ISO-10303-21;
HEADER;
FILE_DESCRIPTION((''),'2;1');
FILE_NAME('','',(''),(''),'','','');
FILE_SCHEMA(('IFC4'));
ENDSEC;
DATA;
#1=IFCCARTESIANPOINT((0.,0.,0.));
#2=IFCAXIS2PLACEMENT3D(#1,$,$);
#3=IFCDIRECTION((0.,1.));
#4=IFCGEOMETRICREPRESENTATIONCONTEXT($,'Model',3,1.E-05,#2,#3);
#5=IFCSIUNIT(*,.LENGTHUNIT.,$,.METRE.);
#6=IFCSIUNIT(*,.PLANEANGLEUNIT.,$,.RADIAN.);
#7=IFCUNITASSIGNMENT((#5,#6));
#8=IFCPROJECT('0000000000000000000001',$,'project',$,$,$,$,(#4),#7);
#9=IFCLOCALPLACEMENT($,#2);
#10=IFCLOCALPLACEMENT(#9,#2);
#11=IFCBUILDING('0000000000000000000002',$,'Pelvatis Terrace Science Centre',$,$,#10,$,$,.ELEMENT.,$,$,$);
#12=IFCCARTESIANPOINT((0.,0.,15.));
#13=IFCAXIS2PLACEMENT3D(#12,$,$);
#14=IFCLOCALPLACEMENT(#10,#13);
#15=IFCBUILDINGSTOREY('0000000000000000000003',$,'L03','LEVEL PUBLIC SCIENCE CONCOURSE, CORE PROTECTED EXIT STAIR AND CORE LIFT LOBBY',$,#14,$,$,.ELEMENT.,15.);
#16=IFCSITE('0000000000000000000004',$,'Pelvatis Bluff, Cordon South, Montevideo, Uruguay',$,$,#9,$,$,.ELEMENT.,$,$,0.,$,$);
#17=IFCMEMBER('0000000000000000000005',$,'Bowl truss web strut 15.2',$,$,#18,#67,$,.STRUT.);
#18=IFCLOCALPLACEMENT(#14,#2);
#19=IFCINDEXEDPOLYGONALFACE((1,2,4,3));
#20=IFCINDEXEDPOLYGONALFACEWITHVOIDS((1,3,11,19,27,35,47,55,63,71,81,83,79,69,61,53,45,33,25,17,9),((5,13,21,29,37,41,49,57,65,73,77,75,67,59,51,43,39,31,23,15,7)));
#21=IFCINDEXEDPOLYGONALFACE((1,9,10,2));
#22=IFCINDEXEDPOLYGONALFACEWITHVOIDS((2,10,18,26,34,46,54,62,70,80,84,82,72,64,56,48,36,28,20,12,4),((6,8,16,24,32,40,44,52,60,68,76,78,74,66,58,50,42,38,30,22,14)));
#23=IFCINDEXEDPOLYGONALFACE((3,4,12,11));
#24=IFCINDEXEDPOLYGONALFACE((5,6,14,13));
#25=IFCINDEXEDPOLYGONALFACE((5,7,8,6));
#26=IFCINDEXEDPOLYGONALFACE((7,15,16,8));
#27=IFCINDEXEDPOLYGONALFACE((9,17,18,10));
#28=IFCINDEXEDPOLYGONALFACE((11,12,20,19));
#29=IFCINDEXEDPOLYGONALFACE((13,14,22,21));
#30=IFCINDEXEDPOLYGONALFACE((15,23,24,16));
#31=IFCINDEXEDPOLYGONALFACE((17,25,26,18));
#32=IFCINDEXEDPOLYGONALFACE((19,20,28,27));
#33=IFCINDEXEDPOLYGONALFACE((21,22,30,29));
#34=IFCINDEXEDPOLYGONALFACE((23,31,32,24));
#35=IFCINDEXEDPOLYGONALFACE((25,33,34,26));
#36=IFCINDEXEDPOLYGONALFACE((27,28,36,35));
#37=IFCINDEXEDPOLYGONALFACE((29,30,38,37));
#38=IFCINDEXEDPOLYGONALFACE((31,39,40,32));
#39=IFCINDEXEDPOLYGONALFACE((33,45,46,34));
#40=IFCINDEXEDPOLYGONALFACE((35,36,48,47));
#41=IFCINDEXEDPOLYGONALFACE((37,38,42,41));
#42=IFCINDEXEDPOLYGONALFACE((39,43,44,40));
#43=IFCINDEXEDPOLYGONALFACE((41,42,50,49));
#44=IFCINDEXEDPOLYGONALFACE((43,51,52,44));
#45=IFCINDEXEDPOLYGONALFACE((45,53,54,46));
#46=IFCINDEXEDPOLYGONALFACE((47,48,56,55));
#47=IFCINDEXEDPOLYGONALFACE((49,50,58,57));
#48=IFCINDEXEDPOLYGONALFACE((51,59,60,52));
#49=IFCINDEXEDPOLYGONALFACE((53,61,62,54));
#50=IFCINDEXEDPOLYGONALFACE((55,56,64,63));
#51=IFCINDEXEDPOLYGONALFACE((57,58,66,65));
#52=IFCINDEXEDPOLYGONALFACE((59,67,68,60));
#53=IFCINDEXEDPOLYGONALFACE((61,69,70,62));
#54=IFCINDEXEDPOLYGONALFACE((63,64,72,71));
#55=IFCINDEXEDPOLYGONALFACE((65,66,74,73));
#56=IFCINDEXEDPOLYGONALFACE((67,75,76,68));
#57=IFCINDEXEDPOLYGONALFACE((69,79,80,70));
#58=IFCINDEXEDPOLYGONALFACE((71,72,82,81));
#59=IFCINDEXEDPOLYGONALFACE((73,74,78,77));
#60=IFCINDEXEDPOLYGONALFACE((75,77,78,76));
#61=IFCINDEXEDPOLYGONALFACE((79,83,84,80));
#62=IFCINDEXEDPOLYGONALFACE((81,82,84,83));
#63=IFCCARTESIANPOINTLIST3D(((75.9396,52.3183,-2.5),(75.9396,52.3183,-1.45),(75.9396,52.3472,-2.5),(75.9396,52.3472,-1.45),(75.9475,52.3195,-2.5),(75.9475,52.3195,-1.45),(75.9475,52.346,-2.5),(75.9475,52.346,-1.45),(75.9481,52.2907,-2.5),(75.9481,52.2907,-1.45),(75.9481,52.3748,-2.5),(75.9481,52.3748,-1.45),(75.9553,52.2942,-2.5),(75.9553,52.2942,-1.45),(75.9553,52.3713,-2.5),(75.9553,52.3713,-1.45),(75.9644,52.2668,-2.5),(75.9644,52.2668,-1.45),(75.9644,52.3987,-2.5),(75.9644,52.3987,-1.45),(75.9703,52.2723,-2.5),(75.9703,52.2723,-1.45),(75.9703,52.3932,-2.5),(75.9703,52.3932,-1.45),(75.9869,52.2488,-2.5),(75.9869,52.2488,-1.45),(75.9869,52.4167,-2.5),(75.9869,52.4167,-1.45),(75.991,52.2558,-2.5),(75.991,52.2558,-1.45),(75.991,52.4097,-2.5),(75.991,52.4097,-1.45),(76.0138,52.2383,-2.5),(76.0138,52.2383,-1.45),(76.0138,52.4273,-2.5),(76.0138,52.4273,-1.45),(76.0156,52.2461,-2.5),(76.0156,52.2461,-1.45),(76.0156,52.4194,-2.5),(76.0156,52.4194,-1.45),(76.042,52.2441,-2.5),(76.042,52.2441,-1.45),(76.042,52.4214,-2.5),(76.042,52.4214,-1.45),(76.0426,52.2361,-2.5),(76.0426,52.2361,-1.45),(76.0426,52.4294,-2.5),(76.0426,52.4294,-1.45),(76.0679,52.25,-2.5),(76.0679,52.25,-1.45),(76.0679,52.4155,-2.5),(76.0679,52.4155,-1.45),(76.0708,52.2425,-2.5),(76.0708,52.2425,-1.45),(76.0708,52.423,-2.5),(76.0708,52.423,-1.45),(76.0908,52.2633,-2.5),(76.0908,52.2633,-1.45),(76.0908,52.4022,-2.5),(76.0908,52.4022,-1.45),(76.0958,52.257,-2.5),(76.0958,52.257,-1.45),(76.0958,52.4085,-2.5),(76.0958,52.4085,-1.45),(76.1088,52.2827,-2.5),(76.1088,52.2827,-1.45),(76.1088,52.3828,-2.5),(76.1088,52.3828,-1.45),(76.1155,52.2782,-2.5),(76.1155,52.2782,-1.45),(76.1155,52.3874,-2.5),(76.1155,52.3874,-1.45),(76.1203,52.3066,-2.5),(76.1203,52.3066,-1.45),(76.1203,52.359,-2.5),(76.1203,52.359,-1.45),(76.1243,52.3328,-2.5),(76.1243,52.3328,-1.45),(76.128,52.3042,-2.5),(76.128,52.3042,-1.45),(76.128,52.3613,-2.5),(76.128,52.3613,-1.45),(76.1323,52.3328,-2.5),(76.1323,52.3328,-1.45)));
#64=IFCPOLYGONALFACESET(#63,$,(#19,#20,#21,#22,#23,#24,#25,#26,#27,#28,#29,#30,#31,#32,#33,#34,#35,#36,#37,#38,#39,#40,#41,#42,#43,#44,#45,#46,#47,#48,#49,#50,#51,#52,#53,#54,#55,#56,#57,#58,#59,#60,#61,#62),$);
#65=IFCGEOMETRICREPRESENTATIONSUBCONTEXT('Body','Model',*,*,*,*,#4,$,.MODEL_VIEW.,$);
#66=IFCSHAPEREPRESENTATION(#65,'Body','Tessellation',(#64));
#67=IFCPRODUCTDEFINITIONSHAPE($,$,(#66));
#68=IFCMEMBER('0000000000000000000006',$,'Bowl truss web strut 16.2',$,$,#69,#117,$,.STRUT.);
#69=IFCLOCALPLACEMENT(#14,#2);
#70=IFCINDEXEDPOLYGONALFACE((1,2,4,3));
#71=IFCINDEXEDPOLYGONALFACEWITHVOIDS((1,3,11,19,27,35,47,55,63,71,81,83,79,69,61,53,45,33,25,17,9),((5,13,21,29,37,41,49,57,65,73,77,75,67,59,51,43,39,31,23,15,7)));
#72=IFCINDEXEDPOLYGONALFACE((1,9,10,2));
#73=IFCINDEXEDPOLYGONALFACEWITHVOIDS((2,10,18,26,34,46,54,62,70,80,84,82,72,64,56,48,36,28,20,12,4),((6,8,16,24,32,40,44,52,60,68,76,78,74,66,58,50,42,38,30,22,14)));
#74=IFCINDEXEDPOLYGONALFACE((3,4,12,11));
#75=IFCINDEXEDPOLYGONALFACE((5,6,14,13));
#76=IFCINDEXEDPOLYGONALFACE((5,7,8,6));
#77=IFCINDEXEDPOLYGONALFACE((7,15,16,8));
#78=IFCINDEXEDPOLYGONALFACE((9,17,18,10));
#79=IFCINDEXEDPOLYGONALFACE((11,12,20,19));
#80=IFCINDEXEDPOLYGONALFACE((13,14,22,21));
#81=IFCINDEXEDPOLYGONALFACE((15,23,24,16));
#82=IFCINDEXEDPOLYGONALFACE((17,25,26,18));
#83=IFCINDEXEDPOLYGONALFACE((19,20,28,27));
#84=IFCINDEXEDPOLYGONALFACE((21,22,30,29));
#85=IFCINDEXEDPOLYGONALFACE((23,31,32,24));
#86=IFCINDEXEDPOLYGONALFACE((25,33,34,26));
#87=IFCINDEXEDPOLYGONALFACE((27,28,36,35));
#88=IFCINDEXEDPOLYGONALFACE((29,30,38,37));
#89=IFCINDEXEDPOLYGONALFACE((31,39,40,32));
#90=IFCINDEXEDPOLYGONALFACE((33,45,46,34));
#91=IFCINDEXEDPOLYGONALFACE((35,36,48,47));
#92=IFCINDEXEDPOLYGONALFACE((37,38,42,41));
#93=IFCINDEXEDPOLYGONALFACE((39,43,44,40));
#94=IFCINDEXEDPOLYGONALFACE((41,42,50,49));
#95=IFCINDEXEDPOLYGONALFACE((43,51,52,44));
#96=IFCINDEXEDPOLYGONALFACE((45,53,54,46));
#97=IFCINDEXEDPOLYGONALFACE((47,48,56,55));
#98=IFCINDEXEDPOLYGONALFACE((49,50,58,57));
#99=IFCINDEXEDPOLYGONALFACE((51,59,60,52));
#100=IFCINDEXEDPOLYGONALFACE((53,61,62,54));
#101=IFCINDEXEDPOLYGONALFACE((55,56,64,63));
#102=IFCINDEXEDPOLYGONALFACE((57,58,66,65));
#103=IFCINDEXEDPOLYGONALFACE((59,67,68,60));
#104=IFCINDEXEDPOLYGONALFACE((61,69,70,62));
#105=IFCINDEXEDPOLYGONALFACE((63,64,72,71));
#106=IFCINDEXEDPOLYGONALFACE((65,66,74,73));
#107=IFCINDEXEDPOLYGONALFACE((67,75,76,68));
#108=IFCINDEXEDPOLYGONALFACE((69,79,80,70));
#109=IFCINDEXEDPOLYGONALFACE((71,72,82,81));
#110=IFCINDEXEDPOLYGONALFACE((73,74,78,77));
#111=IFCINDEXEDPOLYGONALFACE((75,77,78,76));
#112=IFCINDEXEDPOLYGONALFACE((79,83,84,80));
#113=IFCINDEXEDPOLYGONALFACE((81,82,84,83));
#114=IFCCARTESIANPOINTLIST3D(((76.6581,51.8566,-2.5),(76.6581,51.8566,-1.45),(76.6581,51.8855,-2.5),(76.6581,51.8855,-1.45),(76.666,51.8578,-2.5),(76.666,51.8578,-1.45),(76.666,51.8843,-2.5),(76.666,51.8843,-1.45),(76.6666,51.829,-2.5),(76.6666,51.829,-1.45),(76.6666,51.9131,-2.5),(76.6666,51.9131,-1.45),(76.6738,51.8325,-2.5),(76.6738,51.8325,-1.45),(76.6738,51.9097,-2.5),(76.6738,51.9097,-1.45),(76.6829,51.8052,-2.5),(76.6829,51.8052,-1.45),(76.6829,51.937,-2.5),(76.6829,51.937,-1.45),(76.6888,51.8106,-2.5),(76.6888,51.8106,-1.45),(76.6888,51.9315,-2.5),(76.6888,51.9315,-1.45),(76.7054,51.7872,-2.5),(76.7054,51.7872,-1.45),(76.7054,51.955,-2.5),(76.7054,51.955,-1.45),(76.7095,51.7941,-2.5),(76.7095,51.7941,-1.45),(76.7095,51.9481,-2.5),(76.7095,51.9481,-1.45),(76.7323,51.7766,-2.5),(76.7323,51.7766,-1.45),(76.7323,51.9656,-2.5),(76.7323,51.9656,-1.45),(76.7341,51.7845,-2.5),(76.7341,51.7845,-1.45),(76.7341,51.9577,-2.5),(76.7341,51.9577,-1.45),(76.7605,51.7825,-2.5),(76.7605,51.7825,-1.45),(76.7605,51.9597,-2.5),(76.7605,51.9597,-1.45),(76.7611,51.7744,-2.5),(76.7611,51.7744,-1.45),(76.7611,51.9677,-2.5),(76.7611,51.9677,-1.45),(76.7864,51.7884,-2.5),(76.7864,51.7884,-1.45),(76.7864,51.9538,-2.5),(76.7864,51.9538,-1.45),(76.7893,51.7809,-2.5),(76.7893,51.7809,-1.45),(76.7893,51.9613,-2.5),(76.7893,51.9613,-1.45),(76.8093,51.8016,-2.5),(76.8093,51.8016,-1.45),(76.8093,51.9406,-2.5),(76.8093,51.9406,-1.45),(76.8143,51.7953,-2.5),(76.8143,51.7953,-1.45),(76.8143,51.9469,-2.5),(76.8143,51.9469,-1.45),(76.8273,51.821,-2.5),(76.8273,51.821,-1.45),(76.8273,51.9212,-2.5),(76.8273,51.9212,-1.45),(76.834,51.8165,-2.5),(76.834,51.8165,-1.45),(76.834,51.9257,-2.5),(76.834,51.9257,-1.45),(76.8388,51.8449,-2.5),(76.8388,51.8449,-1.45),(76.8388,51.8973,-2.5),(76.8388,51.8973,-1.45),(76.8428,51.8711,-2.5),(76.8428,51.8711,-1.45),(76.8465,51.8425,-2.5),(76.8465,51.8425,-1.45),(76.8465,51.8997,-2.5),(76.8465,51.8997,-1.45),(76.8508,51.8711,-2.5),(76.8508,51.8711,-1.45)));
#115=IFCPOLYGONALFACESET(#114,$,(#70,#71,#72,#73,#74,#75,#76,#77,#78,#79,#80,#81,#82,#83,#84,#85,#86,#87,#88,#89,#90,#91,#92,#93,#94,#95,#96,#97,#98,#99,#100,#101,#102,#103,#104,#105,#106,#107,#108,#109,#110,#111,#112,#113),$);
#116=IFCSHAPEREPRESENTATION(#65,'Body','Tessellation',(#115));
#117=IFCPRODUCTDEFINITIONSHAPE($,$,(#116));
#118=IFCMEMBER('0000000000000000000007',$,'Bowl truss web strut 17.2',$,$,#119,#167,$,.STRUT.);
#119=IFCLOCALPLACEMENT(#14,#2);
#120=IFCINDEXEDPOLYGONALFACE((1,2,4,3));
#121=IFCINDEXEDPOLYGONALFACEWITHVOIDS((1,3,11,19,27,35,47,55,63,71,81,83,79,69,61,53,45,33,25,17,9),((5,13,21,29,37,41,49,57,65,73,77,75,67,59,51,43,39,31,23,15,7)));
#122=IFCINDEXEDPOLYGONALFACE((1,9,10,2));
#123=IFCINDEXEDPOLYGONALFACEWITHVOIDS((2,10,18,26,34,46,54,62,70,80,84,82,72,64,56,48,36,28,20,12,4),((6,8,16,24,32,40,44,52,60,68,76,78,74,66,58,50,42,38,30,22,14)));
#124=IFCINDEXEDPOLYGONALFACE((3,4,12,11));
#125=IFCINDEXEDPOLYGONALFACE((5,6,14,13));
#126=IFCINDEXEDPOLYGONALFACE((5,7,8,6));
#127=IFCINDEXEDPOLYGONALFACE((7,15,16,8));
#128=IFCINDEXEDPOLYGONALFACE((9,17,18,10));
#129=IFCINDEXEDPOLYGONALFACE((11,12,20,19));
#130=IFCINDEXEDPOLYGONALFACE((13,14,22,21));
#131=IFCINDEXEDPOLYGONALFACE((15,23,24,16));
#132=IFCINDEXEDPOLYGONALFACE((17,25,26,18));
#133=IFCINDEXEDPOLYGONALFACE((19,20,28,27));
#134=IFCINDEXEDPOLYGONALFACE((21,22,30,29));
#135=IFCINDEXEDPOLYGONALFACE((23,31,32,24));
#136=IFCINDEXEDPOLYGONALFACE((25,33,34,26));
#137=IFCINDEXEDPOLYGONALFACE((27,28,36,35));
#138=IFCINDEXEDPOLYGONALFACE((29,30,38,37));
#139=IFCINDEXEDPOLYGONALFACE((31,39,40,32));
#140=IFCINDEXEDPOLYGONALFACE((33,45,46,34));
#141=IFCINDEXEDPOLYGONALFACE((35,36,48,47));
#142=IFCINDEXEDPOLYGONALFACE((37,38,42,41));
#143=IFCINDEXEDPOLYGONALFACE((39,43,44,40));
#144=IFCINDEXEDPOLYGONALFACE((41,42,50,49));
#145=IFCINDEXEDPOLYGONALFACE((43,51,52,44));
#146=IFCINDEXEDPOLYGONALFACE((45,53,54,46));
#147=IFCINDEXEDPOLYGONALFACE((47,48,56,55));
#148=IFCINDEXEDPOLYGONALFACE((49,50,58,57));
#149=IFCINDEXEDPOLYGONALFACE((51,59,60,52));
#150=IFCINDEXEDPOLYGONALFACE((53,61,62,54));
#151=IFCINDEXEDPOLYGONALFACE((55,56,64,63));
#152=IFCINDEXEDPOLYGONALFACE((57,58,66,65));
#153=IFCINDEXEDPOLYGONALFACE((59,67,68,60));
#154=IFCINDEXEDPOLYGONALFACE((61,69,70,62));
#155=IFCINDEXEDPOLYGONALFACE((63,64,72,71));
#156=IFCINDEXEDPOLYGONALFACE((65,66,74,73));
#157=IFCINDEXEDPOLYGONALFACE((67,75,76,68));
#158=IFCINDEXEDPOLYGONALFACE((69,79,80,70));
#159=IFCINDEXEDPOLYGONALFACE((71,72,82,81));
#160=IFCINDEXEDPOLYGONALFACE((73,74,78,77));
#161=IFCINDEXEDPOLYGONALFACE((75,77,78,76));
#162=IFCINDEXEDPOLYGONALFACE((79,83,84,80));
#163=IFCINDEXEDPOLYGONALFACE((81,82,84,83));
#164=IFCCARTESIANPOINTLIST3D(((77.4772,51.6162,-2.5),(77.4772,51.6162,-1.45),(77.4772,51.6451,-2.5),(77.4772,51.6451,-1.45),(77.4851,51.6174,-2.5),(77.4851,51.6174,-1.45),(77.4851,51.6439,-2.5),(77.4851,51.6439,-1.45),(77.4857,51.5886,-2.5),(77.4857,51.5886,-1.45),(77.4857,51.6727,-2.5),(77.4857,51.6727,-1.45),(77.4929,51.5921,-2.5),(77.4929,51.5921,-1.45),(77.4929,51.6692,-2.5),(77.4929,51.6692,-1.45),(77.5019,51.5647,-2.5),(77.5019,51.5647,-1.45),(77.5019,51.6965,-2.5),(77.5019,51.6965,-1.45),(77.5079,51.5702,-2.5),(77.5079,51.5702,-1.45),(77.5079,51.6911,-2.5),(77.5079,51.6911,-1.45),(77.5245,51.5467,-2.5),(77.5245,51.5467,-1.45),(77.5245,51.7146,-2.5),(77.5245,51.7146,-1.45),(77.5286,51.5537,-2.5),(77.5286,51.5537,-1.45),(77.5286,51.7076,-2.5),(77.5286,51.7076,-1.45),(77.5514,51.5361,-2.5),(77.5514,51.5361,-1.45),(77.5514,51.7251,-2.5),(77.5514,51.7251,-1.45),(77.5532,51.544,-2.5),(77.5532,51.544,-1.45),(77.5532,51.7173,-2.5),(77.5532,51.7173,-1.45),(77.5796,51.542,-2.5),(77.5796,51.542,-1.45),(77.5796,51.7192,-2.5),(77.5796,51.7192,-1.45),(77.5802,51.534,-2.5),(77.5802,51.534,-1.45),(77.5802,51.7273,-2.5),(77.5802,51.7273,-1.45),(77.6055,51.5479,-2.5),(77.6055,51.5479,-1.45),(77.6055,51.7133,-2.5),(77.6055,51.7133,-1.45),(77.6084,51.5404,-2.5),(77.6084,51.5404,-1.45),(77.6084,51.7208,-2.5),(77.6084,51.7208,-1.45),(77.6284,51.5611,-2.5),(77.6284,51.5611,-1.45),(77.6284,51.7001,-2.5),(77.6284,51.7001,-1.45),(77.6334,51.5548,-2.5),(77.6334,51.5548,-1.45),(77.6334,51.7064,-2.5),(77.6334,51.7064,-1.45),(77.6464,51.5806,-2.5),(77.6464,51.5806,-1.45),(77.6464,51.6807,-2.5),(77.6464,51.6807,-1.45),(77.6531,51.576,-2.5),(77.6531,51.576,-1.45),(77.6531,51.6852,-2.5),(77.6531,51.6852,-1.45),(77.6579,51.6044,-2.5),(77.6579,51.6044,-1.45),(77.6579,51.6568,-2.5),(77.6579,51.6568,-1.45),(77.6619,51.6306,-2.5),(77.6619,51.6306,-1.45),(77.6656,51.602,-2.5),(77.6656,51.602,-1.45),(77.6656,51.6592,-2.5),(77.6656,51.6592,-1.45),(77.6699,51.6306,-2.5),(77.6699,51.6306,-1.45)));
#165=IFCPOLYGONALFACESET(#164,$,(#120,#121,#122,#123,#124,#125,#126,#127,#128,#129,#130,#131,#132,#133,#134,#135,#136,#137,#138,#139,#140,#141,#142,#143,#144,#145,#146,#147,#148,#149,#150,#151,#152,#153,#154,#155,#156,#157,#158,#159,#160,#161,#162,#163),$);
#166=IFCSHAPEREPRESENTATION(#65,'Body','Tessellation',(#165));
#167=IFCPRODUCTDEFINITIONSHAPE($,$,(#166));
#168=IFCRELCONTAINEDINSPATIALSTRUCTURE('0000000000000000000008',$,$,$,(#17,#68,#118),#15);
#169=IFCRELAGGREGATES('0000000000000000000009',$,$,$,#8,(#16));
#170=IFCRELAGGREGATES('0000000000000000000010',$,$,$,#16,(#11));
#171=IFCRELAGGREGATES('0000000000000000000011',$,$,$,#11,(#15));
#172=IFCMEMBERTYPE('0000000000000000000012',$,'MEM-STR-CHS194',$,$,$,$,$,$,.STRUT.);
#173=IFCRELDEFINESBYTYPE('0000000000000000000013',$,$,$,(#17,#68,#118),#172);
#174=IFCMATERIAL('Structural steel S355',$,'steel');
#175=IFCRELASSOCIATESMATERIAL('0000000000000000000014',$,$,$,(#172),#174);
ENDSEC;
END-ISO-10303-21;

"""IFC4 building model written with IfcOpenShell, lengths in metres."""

from ifc_helpers import new_model, si_unit, direction, frame, origin, origin_2d, place, context, subcontext, project, spatial, hollow_circle, extrude, material, material_profile, profile_set, type_object, element, save


model = new_model("IFC4")

# Units and contexts
model_context = context("Model", 3, precision=1e-05, world=origin(), true_north=direction((0.0, 1.0)))
body_context = subcontext(model_context, "Body", "Model", "MODEL_VIEW")
ifc_project = project(units=[si_unit("LENGTHUNIT", "METRE"), si_unit("PLANEANGLEUNIT", "RADIAN")], contexts=[model_context])

# Site, building, storey
site_placement = place(None, origin())
site = spatial("IfcSite", under=ifc_project, at=site_placement, Name="Pelvatis Bluff, Cordon South, Montevideo, Uruguay", CompositionType="ELEMENT", RefElevation=0.0)
building_placement = place(site_placement, origin())
building = spatial("IfcBuilding", under=site, at=building_placement, Name="Pelvatis Terrace Science Centre", CompositionType="ELEMENT")
storey_placement = place(building_placement, frame((0.0, 0.0, 15.0)))
storey = spatial("IfcBuildingStorey", under=building, at=storey_placement, Name="L03", Description="LEVEL PUBLIC SCIENCE CONCOURSE, CORE PROTECTED EXIT STAIR AND CORE LIFT LOBBY", CompositionType="ELEMENT", Elevation=15.0)

# Members
ifc_material_1 = material(Name="Structural steel S355", Category="steel")
ifc_material_profile_1 = material_profile(ifc_material_1, hollow_circle(Radius=0.0969, WallThickness=0.0081, at=origin_2d()), Name="CHS 193.7x8.0")
ifc_profile_set_1 = profile_set([ifc_material_profile_1], Name="Structural steel S355")
member_type_1 = type_object("IfcMemberType", Name="MEM-STR-CHS194", PredefinedType="STRUT", material=ifc_profile_set_1)
for number, where, z_axis, x_axis, name in (
    (1, (76.0354, 52.3328, -2.5), (0.0, 0.0, 1.0), (1.0, 0.0, 0.0), "Bowl truss web strut 15.2"),
    (2, (76.7539, 51.8711, -2.5), (0.0, 0.0, 1.0), (1.0, 0.0, 0.0), "Bowl truss web strut 16.2"),
    (3, (77.573, 51.6306, -2.5), (0.0, 0.0, 1.0), (1.0, 0.0, 0.0), "Bowl truss web strut 17.2"),
):
    element("IfcMember", number, at=place(storey_placement, frame(where, z_axis=z_axis, x_axis=x_axis)), inside=storey, type_object=member_type_1, Name=name, PredefinedType="STRUT", context=body_context, shape_type="SweptSolid", body=[
        extrude(hollow_circle(Radius=0.0969, WallThickness=0.0081, at=origin_2d()), origin(), (0.0, 0.0, 1.0), 1.05),
    ])

save(model, "model.ifc")
